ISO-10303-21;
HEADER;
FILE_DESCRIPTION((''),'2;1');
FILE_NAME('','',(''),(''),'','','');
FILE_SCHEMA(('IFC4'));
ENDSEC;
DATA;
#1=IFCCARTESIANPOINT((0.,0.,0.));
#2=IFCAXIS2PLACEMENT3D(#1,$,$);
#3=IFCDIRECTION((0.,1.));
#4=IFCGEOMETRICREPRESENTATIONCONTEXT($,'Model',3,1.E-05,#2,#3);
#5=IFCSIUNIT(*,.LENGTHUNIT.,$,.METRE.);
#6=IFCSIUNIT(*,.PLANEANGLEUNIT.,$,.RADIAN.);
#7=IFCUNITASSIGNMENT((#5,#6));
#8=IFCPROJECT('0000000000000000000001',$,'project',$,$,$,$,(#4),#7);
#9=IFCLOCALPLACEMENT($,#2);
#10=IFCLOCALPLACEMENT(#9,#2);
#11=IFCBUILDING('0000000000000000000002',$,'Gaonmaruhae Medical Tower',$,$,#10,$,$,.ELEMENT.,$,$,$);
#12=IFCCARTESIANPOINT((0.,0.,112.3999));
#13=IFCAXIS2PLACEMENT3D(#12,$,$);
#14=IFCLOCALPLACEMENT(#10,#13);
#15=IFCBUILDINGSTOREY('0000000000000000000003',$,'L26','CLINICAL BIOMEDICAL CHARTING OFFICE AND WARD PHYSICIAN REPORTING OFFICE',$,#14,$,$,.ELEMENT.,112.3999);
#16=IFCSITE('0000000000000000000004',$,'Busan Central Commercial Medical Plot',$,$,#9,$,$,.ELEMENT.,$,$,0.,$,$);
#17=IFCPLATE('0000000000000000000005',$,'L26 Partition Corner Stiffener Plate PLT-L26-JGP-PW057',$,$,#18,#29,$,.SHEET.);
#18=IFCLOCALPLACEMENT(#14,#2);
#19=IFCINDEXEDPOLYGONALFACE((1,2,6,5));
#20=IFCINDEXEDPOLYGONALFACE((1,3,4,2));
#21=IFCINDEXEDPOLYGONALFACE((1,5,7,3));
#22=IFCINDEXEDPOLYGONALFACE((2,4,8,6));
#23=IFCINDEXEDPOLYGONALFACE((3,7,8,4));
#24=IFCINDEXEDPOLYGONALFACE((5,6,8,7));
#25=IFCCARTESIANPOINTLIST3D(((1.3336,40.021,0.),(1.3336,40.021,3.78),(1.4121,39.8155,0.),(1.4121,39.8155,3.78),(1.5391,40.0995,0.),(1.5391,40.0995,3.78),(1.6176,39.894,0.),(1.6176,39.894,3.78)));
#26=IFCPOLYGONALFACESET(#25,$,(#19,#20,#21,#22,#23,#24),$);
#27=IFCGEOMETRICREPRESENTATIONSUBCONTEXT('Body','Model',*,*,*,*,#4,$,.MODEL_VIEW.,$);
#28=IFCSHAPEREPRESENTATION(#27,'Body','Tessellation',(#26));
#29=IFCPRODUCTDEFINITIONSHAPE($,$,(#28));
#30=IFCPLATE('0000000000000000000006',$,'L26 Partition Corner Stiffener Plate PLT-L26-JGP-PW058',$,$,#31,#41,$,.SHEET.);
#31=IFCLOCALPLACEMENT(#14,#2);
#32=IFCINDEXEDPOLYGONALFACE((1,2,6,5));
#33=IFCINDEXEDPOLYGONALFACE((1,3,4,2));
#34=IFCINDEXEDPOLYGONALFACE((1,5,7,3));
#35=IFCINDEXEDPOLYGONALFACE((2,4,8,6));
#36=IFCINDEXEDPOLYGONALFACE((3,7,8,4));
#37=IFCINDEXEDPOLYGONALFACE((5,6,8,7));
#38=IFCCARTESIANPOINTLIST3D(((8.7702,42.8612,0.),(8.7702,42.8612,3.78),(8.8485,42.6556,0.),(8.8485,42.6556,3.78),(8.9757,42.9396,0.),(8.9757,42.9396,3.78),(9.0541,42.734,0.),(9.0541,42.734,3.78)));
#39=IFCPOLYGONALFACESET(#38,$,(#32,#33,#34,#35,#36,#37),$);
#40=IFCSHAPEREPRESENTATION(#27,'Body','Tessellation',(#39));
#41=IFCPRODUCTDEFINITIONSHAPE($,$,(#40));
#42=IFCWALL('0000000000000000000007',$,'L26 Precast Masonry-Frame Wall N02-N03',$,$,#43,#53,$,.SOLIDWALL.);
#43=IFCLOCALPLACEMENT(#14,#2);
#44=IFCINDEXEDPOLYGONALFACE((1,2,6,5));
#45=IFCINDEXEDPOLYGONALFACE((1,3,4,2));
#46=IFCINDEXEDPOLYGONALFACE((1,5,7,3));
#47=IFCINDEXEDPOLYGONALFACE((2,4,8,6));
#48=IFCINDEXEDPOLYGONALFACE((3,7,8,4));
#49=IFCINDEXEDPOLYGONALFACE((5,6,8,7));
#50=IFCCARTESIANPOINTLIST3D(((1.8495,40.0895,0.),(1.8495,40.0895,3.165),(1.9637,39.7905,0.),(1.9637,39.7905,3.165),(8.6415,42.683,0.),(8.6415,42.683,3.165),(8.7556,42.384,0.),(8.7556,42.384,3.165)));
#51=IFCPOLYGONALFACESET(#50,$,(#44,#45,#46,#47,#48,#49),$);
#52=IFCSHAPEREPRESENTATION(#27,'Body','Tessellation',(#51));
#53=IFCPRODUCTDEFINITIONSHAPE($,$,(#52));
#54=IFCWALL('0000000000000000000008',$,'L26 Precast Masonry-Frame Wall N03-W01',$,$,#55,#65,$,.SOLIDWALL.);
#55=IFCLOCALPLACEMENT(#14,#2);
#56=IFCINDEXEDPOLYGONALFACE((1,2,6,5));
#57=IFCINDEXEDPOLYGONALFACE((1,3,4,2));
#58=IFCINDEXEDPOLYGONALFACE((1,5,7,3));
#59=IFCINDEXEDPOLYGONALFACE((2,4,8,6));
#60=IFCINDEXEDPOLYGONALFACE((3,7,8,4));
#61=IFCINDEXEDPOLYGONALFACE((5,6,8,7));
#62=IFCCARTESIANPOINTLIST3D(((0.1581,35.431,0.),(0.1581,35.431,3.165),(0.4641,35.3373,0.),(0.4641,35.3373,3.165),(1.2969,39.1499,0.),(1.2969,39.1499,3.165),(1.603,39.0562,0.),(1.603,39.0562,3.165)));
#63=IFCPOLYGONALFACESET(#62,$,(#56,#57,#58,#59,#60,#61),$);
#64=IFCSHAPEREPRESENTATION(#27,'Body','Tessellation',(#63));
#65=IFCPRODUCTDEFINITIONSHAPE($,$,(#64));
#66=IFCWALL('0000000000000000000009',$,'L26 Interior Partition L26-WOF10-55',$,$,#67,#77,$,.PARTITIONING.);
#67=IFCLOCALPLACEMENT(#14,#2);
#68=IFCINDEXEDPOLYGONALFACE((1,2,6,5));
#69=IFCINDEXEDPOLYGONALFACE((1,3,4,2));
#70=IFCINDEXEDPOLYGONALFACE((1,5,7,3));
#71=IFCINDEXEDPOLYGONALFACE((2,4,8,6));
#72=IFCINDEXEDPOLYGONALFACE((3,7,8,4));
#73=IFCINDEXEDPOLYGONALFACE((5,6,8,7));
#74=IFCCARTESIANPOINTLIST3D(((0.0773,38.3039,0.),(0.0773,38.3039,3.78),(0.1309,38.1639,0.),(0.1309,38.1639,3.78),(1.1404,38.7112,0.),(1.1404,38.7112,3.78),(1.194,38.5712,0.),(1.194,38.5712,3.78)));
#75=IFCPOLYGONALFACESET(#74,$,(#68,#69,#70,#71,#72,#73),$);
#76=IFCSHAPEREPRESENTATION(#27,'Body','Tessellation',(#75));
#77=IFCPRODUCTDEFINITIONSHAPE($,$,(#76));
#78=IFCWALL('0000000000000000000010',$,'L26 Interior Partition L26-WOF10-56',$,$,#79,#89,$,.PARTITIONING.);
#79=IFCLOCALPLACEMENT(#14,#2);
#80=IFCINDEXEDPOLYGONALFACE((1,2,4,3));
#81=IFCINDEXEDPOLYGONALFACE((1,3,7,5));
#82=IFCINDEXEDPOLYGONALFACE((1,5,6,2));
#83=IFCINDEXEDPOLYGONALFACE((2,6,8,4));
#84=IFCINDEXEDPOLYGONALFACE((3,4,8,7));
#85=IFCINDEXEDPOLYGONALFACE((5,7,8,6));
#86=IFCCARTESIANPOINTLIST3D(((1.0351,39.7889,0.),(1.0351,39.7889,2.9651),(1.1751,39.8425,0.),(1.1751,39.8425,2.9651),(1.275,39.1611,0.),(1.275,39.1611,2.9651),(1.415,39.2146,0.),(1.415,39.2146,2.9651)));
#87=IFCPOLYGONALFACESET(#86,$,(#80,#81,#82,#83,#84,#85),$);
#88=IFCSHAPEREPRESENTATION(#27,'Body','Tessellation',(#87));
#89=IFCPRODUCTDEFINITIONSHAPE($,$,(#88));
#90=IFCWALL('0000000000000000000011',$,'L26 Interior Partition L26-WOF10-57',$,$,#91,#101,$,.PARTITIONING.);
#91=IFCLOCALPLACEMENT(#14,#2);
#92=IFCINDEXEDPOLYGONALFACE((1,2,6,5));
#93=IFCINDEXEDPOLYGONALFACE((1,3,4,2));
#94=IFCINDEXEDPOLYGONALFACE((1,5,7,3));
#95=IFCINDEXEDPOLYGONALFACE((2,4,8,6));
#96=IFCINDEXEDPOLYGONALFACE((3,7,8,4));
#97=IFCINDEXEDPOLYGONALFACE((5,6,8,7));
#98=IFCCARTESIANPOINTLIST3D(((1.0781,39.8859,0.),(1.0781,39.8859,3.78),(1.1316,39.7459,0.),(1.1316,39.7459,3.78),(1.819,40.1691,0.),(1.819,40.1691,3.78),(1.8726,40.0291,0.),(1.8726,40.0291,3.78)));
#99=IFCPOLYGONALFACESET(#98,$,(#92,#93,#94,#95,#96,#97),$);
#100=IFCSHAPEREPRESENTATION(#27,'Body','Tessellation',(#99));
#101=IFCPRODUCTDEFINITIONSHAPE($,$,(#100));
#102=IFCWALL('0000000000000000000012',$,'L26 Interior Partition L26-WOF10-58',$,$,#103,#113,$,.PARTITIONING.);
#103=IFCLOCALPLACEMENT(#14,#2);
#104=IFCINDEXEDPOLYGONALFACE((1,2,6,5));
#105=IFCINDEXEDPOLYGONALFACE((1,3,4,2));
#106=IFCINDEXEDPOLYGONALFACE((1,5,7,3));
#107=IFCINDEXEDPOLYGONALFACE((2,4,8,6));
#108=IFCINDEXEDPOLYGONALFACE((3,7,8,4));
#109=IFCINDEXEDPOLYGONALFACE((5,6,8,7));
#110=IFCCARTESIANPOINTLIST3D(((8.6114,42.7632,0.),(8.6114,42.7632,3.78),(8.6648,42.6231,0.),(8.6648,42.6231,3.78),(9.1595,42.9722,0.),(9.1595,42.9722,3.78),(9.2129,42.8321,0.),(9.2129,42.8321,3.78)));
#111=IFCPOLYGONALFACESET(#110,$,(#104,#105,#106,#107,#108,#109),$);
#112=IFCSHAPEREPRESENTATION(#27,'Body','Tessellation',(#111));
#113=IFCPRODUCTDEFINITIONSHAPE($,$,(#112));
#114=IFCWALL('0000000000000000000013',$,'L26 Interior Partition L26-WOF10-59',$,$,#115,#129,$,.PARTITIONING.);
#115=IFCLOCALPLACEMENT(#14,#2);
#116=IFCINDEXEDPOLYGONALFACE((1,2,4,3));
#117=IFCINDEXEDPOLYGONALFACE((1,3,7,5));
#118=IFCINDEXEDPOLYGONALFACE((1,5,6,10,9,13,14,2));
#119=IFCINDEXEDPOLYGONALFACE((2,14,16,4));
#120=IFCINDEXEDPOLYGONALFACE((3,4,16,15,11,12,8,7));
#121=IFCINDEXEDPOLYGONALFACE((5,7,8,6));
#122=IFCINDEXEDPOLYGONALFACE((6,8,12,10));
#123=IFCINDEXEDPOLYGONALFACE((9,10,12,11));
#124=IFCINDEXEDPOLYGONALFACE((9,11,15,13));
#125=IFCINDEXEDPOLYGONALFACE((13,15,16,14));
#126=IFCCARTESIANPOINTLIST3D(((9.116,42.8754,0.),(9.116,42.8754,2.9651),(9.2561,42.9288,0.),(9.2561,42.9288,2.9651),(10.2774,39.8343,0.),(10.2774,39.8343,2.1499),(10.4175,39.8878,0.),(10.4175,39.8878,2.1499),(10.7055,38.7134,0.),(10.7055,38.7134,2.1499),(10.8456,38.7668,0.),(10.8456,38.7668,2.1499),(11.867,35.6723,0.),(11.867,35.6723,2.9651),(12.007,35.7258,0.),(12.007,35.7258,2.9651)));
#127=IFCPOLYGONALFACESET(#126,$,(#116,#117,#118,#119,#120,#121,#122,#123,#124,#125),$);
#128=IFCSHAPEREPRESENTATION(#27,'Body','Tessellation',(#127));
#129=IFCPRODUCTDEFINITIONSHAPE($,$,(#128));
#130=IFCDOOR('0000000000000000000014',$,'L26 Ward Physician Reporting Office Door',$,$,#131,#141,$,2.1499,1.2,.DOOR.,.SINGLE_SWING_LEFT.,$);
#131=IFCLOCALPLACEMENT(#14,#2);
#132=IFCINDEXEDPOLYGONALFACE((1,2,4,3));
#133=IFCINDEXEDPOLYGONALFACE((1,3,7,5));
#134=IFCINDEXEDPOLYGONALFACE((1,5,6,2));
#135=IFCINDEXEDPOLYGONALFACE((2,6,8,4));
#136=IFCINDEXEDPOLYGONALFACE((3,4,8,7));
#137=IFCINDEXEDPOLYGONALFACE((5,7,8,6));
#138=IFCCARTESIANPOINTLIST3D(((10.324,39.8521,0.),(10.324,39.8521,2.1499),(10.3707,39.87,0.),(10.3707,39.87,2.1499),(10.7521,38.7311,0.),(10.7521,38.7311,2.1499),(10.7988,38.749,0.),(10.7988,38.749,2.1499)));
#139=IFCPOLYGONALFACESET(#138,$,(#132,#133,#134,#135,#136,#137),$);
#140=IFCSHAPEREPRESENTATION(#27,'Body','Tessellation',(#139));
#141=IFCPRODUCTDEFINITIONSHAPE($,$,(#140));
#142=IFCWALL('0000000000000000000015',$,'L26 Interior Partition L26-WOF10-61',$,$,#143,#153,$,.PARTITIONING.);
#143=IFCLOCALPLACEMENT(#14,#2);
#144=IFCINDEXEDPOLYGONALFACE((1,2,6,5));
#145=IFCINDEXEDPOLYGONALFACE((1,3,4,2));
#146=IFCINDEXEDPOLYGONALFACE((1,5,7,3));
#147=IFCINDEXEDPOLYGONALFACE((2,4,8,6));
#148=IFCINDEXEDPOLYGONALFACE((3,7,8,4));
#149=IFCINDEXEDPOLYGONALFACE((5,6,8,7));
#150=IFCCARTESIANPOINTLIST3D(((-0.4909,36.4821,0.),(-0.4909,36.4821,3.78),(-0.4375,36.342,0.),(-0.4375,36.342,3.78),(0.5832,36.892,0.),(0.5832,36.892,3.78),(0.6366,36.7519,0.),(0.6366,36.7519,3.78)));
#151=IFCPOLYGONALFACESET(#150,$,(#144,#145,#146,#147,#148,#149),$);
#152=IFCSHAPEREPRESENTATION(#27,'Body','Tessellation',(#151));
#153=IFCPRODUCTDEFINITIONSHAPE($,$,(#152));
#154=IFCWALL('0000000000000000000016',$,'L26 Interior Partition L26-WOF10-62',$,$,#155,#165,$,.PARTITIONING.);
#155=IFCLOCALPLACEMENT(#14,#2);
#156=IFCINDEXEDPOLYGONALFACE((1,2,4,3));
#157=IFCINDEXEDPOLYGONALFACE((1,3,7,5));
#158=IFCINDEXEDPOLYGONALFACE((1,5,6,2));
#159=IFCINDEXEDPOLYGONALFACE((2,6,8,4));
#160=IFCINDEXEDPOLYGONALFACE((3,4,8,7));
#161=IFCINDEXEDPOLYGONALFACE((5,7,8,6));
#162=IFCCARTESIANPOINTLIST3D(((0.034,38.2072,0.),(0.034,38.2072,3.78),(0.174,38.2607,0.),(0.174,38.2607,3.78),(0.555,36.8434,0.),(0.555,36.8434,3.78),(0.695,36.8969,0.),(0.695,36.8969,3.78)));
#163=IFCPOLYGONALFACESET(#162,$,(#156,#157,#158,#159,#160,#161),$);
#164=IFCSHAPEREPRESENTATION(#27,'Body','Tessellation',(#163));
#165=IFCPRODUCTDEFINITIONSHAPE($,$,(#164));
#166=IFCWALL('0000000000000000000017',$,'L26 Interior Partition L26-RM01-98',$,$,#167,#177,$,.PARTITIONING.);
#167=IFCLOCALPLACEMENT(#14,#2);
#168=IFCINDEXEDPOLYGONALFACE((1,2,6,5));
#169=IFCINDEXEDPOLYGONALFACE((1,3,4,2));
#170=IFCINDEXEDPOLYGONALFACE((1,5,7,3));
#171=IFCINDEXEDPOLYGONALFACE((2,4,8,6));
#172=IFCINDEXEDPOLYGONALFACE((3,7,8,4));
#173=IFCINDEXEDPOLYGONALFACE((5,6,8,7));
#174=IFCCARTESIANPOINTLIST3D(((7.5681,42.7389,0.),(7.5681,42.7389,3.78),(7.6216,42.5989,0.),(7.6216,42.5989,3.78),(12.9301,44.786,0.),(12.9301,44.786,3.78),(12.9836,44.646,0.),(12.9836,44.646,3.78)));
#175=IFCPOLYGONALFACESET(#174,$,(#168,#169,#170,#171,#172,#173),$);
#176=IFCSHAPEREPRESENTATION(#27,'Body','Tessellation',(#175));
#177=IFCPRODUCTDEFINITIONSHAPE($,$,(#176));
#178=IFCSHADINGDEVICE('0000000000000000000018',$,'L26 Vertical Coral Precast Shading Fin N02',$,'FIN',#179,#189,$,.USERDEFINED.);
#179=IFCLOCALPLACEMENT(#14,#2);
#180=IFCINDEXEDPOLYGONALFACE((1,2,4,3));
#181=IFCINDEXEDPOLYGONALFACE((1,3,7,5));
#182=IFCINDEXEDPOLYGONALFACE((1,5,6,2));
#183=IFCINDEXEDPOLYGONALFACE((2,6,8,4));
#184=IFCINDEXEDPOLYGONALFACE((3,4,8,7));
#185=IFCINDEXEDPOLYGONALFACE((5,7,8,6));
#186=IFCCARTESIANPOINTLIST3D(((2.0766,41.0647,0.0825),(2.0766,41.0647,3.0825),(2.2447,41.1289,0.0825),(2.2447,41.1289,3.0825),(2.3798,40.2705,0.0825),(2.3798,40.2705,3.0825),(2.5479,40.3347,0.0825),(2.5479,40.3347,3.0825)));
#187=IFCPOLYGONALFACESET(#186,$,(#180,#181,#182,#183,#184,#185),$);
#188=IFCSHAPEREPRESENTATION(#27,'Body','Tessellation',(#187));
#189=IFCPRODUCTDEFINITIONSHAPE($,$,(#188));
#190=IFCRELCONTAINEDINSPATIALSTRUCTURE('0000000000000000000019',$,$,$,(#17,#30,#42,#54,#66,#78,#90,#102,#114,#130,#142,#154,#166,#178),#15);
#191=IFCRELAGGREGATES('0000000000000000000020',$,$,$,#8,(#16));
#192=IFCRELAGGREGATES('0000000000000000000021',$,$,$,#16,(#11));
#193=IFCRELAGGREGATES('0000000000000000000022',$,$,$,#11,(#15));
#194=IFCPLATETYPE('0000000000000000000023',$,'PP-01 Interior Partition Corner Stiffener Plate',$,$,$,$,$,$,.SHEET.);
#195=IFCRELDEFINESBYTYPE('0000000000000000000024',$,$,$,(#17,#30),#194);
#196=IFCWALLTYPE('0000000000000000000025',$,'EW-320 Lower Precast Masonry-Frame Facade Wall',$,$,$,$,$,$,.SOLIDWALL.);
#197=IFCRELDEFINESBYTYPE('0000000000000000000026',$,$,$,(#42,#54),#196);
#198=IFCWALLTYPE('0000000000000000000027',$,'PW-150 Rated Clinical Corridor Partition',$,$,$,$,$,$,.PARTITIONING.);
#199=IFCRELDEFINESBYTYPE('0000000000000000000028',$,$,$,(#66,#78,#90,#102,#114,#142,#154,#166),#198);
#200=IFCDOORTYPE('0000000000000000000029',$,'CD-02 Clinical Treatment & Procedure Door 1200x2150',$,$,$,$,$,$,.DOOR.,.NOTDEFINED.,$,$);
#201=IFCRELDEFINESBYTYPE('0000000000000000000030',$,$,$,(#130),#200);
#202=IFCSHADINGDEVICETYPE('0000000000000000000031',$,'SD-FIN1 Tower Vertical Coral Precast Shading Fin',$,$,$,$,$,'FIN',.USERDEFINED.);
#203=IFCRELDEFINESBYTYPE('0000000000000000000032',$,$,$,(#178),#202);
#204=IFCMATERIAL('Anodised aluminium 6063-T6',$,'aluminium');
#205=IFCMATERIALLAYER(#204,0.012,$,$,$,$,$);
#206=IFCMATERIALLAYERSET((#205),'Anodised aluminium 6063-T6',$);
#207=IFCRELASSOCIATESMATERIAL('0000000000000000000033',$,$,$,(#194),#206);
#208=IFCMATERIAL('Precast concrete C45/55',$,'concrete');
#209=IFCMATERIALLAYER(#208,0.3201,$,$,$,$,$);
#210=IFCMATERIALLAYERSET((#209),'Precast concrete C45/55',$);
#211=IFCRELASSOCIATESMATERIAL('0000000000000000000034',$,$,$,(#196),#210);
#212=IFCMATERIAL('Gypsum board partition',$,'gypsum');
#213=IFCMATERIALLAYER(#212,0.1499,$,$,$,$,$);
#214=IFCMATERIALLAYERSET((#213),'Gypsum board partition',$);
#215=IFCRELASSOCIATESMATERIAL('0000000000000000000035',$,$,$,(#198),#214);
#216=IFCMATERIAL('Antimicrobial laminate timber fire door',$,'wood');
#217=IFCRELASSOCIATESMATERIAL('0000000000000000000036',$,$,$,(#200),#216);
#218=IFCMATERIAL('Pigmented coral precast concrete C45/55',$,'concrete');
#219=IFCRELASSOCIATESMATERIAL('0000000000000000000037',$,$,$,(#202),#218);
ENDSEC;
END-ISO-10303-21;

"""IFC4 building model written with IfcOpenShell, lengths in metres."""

from ifc_helpers import new_model, si_unit, direction, frame, frame_2d, origin, origin_2d, place, context, subcontext, project, spatial, rectangle, extrude, material, layer, layer_set, type_object, element, fill, save


model = new_model("IFC4")

# Units and contexts
model_context = context("Model", 3, precision=1e-05, world=origin(), true_north=direction((0.0, 1.0)))
body_context = subcontext(model_context, "Body", "Model", "MODEL_VIEW")
ifc_project = project(units=[si_unit("LENGTHUNIT", "METRE"), si_unit("PLANEANGLEUNIT", "RADIAN")], contexts=[model_context])

# Site, building, storey
site_placement = place(None, origin())
site = spatial("IfcSite", under=ifc_project, at=site_placement, Name="Busan Central Commercial Medical Plot", CompositionType="ELEMENT", RefElevation=0.0)
building_placement = place(site_placement, origin())
building = spatial("IfcBuilding", under=site, at=building_placement, Name="Gaonmaruhae Medical Tower", CompositionType="ELEMENT")
storey_placement = place(building_placement, frame((0.0, 0.0, 112.3999)))
storey = spatial("IfcBuildingStorey", under=building, at=storey_placement, Name="L26", Description="CLINICAL BIOMEDICAL CHARTING OFFICE AND WARD PHYSICIAN REPORTING OFFICE", CompositionType="ELEMENT", Elevation=112.3999)

# Plates
ifc_material_1 = material(Name="Anodised aluminium 6063-T6", Category="aluminium")
ifc_layer_1 = layer(ifc_material_1, 0.012)
ifc_layer_set_1 = layer_set([ifc_layer_1], Name="Anodised aluminium 6063-T6")
plate_type_1 = type_object("IfcPlateType", Name="PP-01 Interior Partition Corner Stiffener Plate", PredefinedType="SHEET", material=ifc_layer_set_1)
for number, where, z_axis, x_axis, name in (
    (1, (1.4756, 39.9575, 0.0), (0.0, 0.0, 1.0), (0.934186, 0.356787, 0.0), "L26 Partition Corner Stiffener Plate PLT-L26-JGP-PW057"),
    (2, (8.9121, 42.7976, 0.0), (0.0, 0.0, 1.0), (0.934354, 0.356347, 0.0), "L26 Partition Corner Stiffener Plate PLT-L26-JGP-PW058"),
):
    element("IfcPlate", number, at=place(storey_placement, frame(where, z_axis=z_axis, x_axis=x_axis)), inside=storey, type_object=plate_type_1, Name=name, PredefinedType="SHEET", context=body_context, shape_type="SweptSolid", body=[
        extrude(rectangle(XDim=0.22, YDim=0.22, at=origin_2d()), origin(), (0.0, 0.0, 1.0), 3.78),
    ])

# Walls
ifc_material_2 = material(Name="Precast concrete C45/55", Category="concrete")
ifc_layer_2 = layer(ifc_material_2, 0.3201)
ifc_layer_set_2 = layer_set([ifc_layer_2], Name="Precast concrete C45/55")
wall_type_1 = type_object("IfcWallType", Name="EW-320 Lower Precast Masonry-Frame Facade Wall", PredefinedType="SOLIDWALL", material=ifc_layer_set_2)
wall_1_placement = place(storey_placement, frame((1.9065, 39.9399, 0.0), z_axis=(0.0, 0.0, 1.0), x_axis=(0.934209, 0.356726, 0.0)))
element("IfcWall", 3, at=wall_1_placement, inside=storey, type_object=wall_type_1, Name="L26 Precast Masonry-Frame Wall N02-N03", PredefinedType="SOLIDWALL", context=body_context, shape_type="SweptSolid", body=[
    extrude(rectangle(XDim=7.2703, YDim=0.3201, at=frame_2d((3.6353, 0.0))), origin(), (0.0, 0.0, 1.0), 3.165),
])
wall_2_placement = place(storey_placement, frame((0.311, 35.384, 0.0), z_axis=(0.0, 0.0, 1.0), x_axis=(0.29282, 0.956168, 0.0)))
element("IfcWall", 4, at=wall_2_placement, inside=storey, type_object=wall_type_1, Name="L26 Precast Masonry-Frame Wall N03-W01", PredefinedType="SOLIDWALL", context=body_context, shape_type="SweptSolid", body=[
    extrude(rectangle(XDim=3.8894, YDim=0.3201, at=frame_2d((1.9448, 0.0))), origin(), (0.0, 0.0, 1.0), 3.165),
])
ifc_material_3 = material(Name="Gypsum board partition", Category="gypsum")
ifc_layer_3 = layer(ifc_material_3, 0.1499)
ifc_layer_set_3 = layer_set([ifc_layer_3], Name="Gypsum board partition")
wall_type_2 = type_object("IfcWallType", Name="PW-150 Rated Clinical Corridor Partition", PredefinedType="PARTITIONING", material=ifc_layer_set_3)
wall_3_placement = place(storey_placement, frame((0.104, 38.2339, 0.0), z_axis=(0.0, 0.0, 1.0), x_axis=(0.93382, 0.357743, 0.0)))
element("IfcWall", 5, at=wall_3_placement, inside=storey, type_object=wall_type_2, Name="L26 Interior Partition L26-WOF10-55", PredefinedType="PARTITIONING", context=body_context, shape_type="SweptSolid", body=[
    extrude(rectangle(XDim=1.1384, YDim=0.1499, at=frame_2d((0.5693, 0.0))), origin(), (0.0, 0.0, 1.0), 3.78),
])
wall_4_placement = place(storey_placement, frame((1.345, 39.188, 0.0), z_axis=(0.0, 0.0, 1.0), x_axis=(-0.357007, 0.934102, 0.0)))
element("IfcWall", 6, at=wall_4_placement, inside=storey, type_object=wall_type_2, Name="L26 Interior Partition L26-WOF10-56", PredefinedType="PARTITIONING", context=body_context, shape_type="SweptSolid", body=[
    extrude(rectangle(XDim=0.6721, YDim=0.1499, at=frame_2d((0.3359, 0.0))), origin(), (0.0, 0.0, 1.0), 2.9651),
])
wall_5_placement = place(storey_placement, frame((1.105, 39.8159, 0.0), z_axis=(0.0, 0.0, 1.0), x_axis=(0.934097, 0.357019, 0.0)))
element("IfcWall", 7, at=wall_5_placement, inside=storey, type_object=wall_type_2, Name="L26 Interior Partition L26-WOF10-57", PredefinedType="PARTITIONING", context=body_context, shape_type="SweptSolid", body=[
    extrude(rectangle(XDim=0.7932, YDim=0.1499, at=frame_2d((0.3965, 0.0))), origin(), (0.0, 0.0, 1.0), 3.78),
])
wall_6_placement = place(storey_placement, frame((8.6379, 42.6931, 0.0), z_axis=(0.0, 0.0, 1.0), x_axis=(0.934382, 0.356272, 0.0)))
element("IfcWall", 8, at=wall_6_placement, inside=storey, type_object=wall_type_2, Name="L26 Interior Partition L26-WOF10-58", PredefinedType="PARTITIONING", context=body_context, shape_type="SweptSolid", body=[
    extrude(rectangle(XDim=0.5867, YDim=0.1499, at=frame_2d((0.2935, 0.0))), origin(), (0.0, 0.0, 1.0), 3.78),
])

# Wall, opening, door
wall_7_placement = place(storey_placement, frame((9.186, 42.9021, 0.0), z_axis=(0.0, 0.0, 1.0), x_axis=(0.35678, -0.934188, 0.0)))
wall_7 = element("IfcWall", 9, at=wall_7_placement, inside=storey, type_object=wall_type_2, Name="L26 Interior Partition L26-WOF10-59", PredefinedType="PARTITIONING", context=body_context, shape_type="SweptSolid", body=[
    extrude(rectangle(XDim=7.7104, YDim=0.1499, at=frame_2d((3.8552, 0.0))), origin(), (0.0, 0.0, 1.0), 2.9651),
])
opening_placement = place(wall_7_placement, frame((3.2551, 0.0, 0.0)))
opening = element("IfcOpeningElement", 10, at=opening_placement, cuts=wall_7, PredefinedType="OPENING", context=body_context, shape_type="SweptSolid", body=[
    extrude(rectangle(XDim=1.2, YDim=2.1499, at=frame_2d((0.6001, 1.075))), frame((0.0, 0.085, 0.0), z_axis=(0.0, -1.0, 0.0), x_axis=(1.0, 0.0, 0.0)), (0.0, 0.0, 1.0), 0.1699),
])
ifc_material_4 = material(Name="Antimicrobial laminate timber fire door", Category="wood")
door_type = type_object("IfcDoorType", Name="CD-02 Clinical Treatment & Procedure Door 1200x2150", OperationType="NOTDEFINED", PredefinedType="DOOR", material=ifc_material_4)
door_placement = place(opening_placement, origin())
door = element("IfcDoor", 11, at=door_placement, inside=storey, type_object=door_type, Name="L26 Ward Physician Reporting Office Door", OperationType="SINGLE_SWING_LEFT", OverallHeight=2.1499, OverallWidth=1.2, PredefinedType="DOOR", context=body_context, shape_type="SweptSolid", body=[
    extrude(rectangle(XDim=1.2, YDim=2.1499, at=frame_2d((0.6001, 1.075))), frame((0.0, 0.0249, 0.0), z_axis=(0.0, -1.0, 0.0), x_axis=(1.0, 0.0, 0.0)), (0.0, 0.0, 1.0), 0.05),
])
fill(opening, door)

# Walls
wall_8_placement = place(storey_placement, frame((-0.4641, 36.4121, 0.0), z_axis=(0.0, 0.0, 1.0), x_axis=(0.934289, 0.356516, 0.0)))
element("IfcWall", 12, at=wall_8_placement, inside=storey, type_object=wall_type_2, Name="L26 Interior Partition L26-WOF10-61", PredefinedType="PARTITIONING", context=body_context, shape_type="SweptSolid", body=[
    extrude(rectangle(XDim=1.1497, YDim=0.1499, at=frame_2d((0.5747, 0.0))), origin(), (0.0, 0.0, 1.0), 3.78),
])
wall_9_placement = place(storey_placement, frame((0.625, 36.8701, 0.0), z_axis=(0.0, 0.0, 1.0), x_axis=(-0.356871, 0.934154, 0.0)))
element("IfcWall", 13, at=wall_9_placement, inside=storey, type_object=wall_type_2, Name="L26 Interior Partition L26-WOF10-62", PredefinedType="PARTITIONING", context=body_context, shape_type="SweptSolid", body=[
    extrude(rectangle(XDim=1.46, YDim=0.1499, at=frame_2d((0.73, 0.0))), origin(), (0.0, 0.0, 1.0), 3.78),
])
wall_10_placement = place(storey_placement, frame((7.595, 42.6689, 0.0), z_axis=(0.0, 0.0, 1.0), x_axis=(0.934231, 0.356669, 0.0)))
element("IfcWall", 14, at=wall_10_placement, inside=storey, type_object=wall_type_2, Name="L26 Interior Partition L26-RM01-98", PredefinedType="PARTITIONING", context=body_context, shape_type="SweptSolid", body=[
    extrude(rectangle(XDim=5.7395, YDim=0.1499, at=frame_2d((2.8696, 0.0))), origin(), (0.0, 0.0, 1.0), 3.78),
])

# Shading device
ifc_material_5 = material(Name="Pigmented coral precast concrete C45/55", Category="concrete")
shading_device_type = type_object("IfcShadingDeviceType", Name="SD-FIN1 Tower Vertical Coral Precast Shading Fin", ElementType="FIN", PredefinedType="USERDEFINED", material=ifc_material_5)
for number, where, z_axis, x_axis, name in (
    (15, (2.3123, 40.6997, 0.0825), (0.0, 0.0, 1.0), (0.934204, 0.356738, 0.0), "L26 Vertical Coral Precast Shading Fin N02"),
):
    element("IfcShadingDevice", number, at=place(storey_placement, frame(where, z_axis=z_axis, x_axis=x_axis)), inside=storey, type_object=shading_device_type, Name=name, ObjectType="FIN", PredefinedType="USERDEFINED", context=body_context, shape_type="SweptSolid", body=[
        extrude(rectangle(XDim=0.1799, YDim=0.8501, at=origin_2d()), origin(), (0.0, 0.0, 1.0), 3.0),
    ])

save(model, "model.ifc")
